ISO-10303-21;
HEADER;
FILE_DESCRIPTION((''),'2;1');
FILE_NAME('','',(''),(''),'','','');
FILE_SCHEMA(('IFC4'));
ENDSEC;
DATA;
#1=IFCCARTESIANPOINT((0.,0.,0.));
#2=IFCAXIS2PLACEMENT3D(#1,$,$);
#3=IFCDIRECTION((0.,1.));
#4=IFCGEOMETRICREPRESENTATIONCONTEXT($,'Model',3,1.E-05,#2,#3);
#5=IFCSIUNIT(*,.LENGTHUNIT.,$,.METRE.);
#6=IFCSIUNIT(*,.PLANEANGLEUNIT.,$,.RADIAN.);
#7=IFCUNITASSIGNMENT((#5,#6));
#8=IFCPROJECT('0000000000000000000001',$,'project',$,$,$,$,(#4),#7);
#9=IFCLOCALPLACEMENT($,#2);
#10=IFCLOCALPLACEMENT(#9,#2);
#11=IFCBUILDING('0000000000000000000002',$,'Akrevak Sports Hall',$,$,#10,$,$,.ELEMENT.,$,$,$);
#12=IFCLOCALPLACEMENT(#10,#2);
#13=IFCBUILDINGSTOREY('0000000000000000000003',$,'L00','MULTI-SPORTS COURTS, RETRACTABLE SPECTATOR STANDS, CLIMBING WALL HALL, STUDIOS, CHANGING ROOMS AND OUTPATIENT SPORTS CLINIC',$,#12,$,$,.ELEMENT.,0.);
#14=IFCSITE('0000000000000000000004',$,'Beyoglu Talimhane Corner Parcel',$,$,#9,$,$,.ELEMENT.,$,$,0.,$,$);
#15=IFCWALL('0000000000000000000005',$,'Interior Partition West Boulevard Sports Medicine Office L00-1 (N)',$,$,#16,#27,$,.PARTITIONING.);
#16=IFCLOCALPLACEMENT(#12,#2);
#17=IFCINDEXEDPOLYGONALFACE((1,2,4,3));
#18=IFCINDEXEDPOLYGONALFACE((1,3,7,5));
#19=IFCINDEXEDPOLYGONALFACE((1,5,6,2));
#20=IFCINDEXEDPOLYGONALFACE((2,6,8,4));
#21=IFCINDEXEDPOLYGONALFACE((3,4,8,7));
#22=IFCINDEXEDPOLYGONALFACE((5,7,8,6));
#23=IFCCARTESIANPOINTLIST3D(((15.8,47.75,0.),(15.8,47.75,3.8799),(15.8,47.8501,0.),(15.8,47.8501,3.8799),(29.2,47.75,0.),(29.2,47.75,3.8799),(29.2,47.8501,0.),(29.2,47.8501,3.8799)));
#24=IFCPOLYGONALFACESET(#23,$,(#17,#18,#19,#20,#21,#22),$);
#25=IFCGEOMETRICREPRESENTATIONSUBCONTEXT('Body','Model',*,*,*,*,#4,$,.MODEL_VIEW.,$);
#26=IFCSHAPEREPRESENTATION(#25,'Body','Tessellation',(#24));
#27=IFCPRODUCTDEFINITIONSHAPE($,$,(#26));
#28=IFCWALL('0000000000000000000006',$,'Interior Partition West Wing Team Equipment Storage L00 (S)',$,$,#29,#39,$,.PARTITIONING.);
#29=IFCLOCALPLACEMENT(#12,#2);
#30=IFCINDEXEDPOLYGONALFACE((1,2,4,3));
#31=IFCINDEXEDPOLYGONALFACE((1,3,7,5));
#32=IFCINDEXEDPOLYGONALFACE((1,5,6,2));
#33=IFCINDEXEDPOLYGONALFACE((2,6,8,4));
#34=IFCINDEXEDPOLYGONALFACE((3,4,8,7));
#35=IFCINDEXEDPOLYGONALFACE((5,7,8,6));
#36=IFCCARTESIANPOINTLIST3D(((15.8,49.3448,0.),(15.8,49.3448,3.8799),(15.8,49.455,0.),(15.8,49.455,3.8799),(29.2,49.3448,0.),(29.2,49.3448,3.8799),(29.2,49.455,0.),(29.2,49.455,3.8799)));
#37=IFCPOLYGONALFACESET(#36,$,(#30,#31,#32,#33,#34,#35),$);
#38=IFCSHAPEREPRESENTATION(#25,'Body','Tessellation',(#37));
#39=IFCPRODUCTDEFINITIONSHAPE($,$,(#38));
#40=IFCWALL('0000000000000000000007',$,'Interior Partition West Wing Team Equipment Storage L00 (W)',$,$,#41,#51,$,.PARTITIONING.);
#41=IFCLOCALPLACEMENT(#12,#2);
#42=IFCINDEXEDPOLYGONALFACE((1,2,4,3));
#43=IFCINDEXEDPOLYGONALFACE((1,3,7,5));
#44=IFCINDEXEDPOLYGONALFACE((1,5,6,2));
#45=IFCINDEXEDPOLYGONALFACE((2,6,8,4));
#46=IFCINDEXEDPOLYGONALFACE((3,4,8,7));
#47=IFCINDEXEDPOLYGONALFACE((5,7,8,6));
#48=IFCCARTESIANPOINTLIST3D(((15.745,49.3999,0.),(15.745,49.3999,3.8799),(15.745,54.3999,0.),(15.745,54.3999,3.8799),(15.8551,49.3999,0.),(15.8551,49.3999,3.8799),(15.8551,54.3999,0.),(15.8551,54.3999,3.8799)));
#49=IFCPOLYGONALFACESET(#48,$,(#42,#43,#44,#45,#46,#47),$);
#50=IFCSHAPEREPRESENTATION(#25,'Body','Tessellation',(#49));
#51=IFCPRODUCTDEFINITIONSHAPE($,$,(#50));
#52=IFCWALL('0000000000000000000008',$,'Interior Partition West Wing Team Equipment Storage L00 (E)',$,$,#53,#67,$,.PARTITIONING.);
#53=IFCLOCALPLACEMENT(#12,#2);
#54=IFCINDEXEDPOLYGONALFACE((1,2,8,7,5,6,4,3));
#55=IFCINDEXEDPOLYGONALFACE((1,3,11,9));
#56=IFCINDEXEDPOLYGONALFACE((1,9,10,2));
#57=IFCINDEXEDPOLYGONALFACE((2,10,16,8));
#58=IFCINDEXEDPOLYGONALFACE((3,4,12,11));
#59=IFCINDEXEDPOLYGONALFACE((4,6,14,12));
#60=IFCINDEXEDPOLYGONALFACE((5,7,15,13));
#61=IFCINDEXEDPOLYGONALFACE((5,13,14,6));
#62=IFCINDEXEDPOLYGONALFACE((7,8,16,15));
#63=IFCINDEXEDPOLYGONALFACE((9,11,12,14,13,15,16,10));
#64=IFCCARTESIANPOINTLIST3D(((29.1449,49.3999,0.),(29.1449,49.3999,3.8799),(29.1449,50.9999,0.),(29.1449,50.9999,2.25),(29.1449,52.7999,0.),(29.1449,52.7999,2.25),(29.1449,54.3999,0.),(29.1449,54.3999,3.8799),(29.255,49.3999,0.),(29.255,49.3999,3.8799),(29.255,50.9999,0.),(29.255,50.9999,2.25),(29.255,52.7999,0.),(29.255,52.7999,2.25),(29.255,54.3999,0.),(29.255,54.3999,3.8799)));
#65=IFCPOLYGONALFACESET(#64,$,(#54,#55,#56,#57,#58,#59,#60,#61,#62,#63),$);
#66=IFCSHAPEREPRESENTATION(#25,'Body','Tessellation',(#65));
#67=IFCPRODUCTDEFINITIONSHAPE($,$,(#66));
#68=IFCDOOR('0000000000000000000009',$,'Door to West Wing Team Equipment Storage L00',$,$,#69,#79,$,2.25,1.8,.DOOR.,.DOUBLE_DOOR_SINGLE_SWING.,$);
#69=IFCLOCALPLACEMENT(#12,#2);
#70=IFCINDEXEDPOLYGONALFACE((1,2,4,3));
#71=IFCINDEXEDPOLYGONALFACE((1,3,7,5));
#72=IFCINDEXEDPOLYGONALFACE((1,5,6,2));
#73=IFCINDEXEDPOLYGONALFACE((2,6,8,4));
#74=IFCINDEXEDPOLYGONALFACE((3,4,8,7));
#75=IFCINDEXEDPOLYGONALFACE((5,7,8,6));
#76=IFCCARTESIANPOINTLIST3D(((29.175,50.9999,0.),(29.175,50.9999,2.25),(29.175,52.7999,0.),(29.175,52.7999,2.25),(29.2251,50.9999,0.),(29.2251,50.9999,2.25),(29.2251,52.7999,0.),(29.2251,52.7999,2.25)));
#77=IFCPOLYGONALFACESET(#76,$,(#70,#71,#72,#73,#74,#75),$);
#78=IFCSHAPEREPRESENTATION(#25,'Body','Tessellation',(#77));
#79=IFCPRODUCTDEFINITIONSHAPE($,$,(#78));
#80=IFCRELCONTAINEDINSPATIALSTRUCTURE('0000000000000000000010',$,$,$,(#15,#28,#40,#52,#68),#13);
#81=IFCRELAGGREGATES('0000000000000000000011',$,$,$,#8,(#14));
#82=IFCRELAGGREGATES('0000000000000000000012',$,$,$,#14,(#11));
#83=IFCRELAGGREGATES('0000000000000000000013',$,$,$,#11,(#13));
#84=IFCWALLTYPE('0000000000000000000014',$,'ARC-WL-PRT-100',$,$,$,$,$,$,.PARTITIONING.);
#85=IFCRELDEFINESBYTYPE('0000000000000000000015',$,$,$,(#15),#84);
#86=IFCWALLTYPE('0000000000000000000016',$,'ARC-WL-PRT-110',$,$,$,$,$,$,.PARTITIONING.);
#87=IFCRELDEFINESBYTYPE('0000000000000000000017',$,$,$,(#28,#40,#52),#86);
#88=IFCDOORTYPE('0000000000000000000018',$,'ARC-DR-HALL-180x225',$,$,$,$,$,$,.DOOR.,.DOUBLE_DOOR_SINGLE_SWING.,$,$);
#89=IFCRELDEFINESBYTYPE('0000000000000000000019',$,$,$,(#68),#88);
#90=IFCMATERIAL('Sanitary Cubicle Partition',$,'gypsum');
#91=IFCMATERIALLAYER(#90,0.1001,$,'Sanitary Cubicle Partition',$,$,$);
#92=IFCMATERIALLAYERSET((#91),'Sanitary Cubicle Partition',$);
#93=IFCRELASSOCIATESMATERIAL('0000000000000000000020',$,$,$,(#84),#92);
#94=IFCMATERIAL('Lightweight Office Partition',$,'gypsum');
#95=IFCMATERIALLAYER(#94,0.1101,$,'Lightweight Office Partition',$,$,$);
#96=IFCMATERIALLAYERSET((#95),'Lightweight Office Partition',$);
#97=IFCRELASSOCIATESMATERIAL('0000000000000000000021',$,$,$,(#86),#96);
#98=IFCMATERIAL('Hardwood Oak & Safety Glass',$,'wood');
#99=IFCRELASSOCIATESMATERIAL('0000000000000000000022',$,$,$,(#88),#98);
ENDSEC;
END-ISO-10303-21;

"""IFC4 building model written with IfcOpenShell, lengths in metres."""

from ifc_helpers import new_model, si_unit, direction, frame, frame_2d, origin, place, context, subcontext, project, spatial, rectangle, extrude, material, layer, layer_set, type_object, element, fill, save


model = new_model("IFC4")

# Units and contexts
model_context = context("Model", 3, precision=1e-05, world=origin(), true_north=direction((0.0, 1.0)))
body_context = subcontext(model_context, "Body", "Model", "MODEL_VIEW")
ifc_project = project(units=[si_unit("LENGTHUNIT", "METRE"), si_unit("PLANEANGLEUNIT", "RADIAN")], contexts=[model_context])

# Site, building, storey
site_placement = place(None, origin())
site = spatial("IfcSite", under=ifc_project, at=site_placement, Name="Beyoglu Talimhane Corner Parcel", CompositionType="ELEMENT", RefElevation=0.0)
building_placement = place(site_placement, origin())
building = spatial("IfcBuilding", under=site, at=building_placement, Name="Akrevak Sports Hall", CompositionType="ELEMENT")
storey_placement = place(building_placement, origin())
storey = spatial("IfcBuildingStorey", under=building, at=storey_placement, Name="L00", Description="MULTI-SPORTS COURTS, RETRACTABLE SPECTATOR STANDS, CLIMBING WALL HALL, STUDIOS, CHANGING ROOMS AND OUTPATIENT SPORTS CLINIC", CompositionType="ELEMENT", Elevation=0.0)

# Walls
ifc_material_1 = material(Name="Sanitary Cubicle Partition", Category="gypsum")
ifc_layer_1 = layer(ifc_material_1, 0.1001, Name="Sanitary Cubicle Partition")
ifc_layer_set_1 = layer_set([ifc_layer_1], Name="Sanitary Cubicle Partition")
wall_type_1 = type_object("IfcWallType", Name="ARC-WL-PRT-100", PredefinedType="PARTITIONING", material=ifc_layer_set_1)
wall_1_placement = place(storey_placement, frame((15.8, 47.8, 0.0), z_axis=(0.0, 0.0, 1.0), x_axis=(1.0, 0.0, 0.0)))
element("IfcWall", 1, at=wall_1_placement, inside=storey, type_object=wall_type_1, Name="Interior Partition West Boulevard Sports Medicine Office L00-1 (N)", PredefinedType="PARTITIONING", context=body_context, shape_type="SweptSolid", body=[
    extrude(rectangle(XDim=13.3999, YDim=0.1001, at=frame_2d((6.7, 0.0))), origin(), (0.0, 0.0, 1.0), 3.8799),
])
ifc_material_2 = material(Name="Lightweight Office Partition", Category="gypsum")
ifc_layer_2 = layer(ifc_material_2, 0.1101, Name="Lightweight Office Partition")
ifc_layer_set_2 = layer_set([ifc_layer_2], Name="Lightweight Office Partition")
wall_type_2 = type_object("IfcWallType", Name="ARC-WL-PRT-110", PredefinedType="PARTITIONING", material=ifc_layer_set_2)
wall_2_placement = place(storey_placement, frame((15.8, 49.3999, 0.0), z_axis=(0.0, 0.0, 1.0), x_axis=(1.0, 0.0, 0.0)))
element("IfcWall", 2, at=wall_2_placement, inside=storey, type_object=wall_type_2, Name="Interior Partition West Wing Team Equipment Storage L00 (S)", PredefinedType="PARTITIONING", context=body_context, shape_type="SweptSolid", body=[
    extrude(rectangle(XDim=13.3999, YDim=0.1101, at=frame_2d((6.7, 0.0))), origin(), (0.0, 0.0, 1.0), 3.8799),
])
wall_3_placement = place(storey_placement, frame((15.8, 49.3999, 0.0), z_axis=(0.0, 0.0, 1.0), x_axis=(0.0, 1.0, 0.0)))
element("IfcWall", 3, at=wall_3_placement, inside=storey, type_object=wall_type_2, Name="Interior Partition West Wing Team Equipment Storage L00 (W)", PredefinedType="PARTITIONING", context=body_context, shape_type="SweptSolid", body=[
    extrude(rectangle(XDim=5.0, YDim=0.1101, at=frame_2d((2.5, 0.0))), origin(), (0.0, 0.0, 1.0), 3.8799),
])

# Wall, opening, door
wall_4_placement = place(storey_placement, frame((29.2, 49.3999, 0.0), z_axis=(0.0, 0.0, 1.0), x_axis=(0.0, 1.0, 0.0)))
wall_4 = element("IfcWall", 4, at=wall_4_placement, inside=storey, type_object=wall_type_2, Name="Interior Partition West Wing Team Equipment Storage L00 (E)", PredefinedType="PARTITIONING", context=body_context, shape_type="SweptSolid", body=[
    extrude(rectangle(XDim=5.0, YDim=0.1101, at=frame_2d((2.5, 0.0))), origin(), (0.0, 0.0, 1.0), 3.8799),
])
opening_placement = place(wall_4_placement, frame((1.6001, 0.0, 0.0)))
opening = element("IfcOpeningElement", 5, at=opening_placement, cuts=wall_4, PredefinedType="OPENING", context=body_context, shape_type="SweptSolid", body=[
    extrude(rectangle(XDim=1.8, YDim=2.25, at=frame_2d((0.8999, 1.125))), frame((0.0, 0.0669, 0.0), z_axis=(0.0, -1.0, 0.0), x_axis=(1.0, 0.0, 0.0)), (0.0, 0.0, 1.0), 0.134),
])
ifc_material_3 = material(Name="Hardwood Oak & Safety Glass", Category="wood")
door_type = type_object("IfcDoorType", Name="ARC-DR-HALL-180x225", OperationType="DOUBLE_DOOR_SINGLE_SWING", PredefinedType="DOOR", material=ifc_material_3)
door_placement = place(opening_placement, origin())
door = element("IfcDoor", 6, at=door_placement, inside=storey, type_object=door_type, Name="Door to West Wing Team Equipment Storage L00", OperationType="DOUBLE_DOOR_SINGLE_SWING", OverallHeight=2.25, OverallWidth=1.8, PredefinedType="DOOR", context=body_context, shape_type="SweptSolid", body=[
    extrude(rectangle(XDim=1.8, YDim=2.25, at=frame_2d((0.8999, 1.125))), frame((0.0, 0.0249, 0.0), z_axis=(0.0, -1.0, 0.0), x_axis=(1.0, 0.0, 0.0)), (0.0, 0.0, 1.0), 0.05),
])
fill(opening, door)

save(model, "model.ifc")
